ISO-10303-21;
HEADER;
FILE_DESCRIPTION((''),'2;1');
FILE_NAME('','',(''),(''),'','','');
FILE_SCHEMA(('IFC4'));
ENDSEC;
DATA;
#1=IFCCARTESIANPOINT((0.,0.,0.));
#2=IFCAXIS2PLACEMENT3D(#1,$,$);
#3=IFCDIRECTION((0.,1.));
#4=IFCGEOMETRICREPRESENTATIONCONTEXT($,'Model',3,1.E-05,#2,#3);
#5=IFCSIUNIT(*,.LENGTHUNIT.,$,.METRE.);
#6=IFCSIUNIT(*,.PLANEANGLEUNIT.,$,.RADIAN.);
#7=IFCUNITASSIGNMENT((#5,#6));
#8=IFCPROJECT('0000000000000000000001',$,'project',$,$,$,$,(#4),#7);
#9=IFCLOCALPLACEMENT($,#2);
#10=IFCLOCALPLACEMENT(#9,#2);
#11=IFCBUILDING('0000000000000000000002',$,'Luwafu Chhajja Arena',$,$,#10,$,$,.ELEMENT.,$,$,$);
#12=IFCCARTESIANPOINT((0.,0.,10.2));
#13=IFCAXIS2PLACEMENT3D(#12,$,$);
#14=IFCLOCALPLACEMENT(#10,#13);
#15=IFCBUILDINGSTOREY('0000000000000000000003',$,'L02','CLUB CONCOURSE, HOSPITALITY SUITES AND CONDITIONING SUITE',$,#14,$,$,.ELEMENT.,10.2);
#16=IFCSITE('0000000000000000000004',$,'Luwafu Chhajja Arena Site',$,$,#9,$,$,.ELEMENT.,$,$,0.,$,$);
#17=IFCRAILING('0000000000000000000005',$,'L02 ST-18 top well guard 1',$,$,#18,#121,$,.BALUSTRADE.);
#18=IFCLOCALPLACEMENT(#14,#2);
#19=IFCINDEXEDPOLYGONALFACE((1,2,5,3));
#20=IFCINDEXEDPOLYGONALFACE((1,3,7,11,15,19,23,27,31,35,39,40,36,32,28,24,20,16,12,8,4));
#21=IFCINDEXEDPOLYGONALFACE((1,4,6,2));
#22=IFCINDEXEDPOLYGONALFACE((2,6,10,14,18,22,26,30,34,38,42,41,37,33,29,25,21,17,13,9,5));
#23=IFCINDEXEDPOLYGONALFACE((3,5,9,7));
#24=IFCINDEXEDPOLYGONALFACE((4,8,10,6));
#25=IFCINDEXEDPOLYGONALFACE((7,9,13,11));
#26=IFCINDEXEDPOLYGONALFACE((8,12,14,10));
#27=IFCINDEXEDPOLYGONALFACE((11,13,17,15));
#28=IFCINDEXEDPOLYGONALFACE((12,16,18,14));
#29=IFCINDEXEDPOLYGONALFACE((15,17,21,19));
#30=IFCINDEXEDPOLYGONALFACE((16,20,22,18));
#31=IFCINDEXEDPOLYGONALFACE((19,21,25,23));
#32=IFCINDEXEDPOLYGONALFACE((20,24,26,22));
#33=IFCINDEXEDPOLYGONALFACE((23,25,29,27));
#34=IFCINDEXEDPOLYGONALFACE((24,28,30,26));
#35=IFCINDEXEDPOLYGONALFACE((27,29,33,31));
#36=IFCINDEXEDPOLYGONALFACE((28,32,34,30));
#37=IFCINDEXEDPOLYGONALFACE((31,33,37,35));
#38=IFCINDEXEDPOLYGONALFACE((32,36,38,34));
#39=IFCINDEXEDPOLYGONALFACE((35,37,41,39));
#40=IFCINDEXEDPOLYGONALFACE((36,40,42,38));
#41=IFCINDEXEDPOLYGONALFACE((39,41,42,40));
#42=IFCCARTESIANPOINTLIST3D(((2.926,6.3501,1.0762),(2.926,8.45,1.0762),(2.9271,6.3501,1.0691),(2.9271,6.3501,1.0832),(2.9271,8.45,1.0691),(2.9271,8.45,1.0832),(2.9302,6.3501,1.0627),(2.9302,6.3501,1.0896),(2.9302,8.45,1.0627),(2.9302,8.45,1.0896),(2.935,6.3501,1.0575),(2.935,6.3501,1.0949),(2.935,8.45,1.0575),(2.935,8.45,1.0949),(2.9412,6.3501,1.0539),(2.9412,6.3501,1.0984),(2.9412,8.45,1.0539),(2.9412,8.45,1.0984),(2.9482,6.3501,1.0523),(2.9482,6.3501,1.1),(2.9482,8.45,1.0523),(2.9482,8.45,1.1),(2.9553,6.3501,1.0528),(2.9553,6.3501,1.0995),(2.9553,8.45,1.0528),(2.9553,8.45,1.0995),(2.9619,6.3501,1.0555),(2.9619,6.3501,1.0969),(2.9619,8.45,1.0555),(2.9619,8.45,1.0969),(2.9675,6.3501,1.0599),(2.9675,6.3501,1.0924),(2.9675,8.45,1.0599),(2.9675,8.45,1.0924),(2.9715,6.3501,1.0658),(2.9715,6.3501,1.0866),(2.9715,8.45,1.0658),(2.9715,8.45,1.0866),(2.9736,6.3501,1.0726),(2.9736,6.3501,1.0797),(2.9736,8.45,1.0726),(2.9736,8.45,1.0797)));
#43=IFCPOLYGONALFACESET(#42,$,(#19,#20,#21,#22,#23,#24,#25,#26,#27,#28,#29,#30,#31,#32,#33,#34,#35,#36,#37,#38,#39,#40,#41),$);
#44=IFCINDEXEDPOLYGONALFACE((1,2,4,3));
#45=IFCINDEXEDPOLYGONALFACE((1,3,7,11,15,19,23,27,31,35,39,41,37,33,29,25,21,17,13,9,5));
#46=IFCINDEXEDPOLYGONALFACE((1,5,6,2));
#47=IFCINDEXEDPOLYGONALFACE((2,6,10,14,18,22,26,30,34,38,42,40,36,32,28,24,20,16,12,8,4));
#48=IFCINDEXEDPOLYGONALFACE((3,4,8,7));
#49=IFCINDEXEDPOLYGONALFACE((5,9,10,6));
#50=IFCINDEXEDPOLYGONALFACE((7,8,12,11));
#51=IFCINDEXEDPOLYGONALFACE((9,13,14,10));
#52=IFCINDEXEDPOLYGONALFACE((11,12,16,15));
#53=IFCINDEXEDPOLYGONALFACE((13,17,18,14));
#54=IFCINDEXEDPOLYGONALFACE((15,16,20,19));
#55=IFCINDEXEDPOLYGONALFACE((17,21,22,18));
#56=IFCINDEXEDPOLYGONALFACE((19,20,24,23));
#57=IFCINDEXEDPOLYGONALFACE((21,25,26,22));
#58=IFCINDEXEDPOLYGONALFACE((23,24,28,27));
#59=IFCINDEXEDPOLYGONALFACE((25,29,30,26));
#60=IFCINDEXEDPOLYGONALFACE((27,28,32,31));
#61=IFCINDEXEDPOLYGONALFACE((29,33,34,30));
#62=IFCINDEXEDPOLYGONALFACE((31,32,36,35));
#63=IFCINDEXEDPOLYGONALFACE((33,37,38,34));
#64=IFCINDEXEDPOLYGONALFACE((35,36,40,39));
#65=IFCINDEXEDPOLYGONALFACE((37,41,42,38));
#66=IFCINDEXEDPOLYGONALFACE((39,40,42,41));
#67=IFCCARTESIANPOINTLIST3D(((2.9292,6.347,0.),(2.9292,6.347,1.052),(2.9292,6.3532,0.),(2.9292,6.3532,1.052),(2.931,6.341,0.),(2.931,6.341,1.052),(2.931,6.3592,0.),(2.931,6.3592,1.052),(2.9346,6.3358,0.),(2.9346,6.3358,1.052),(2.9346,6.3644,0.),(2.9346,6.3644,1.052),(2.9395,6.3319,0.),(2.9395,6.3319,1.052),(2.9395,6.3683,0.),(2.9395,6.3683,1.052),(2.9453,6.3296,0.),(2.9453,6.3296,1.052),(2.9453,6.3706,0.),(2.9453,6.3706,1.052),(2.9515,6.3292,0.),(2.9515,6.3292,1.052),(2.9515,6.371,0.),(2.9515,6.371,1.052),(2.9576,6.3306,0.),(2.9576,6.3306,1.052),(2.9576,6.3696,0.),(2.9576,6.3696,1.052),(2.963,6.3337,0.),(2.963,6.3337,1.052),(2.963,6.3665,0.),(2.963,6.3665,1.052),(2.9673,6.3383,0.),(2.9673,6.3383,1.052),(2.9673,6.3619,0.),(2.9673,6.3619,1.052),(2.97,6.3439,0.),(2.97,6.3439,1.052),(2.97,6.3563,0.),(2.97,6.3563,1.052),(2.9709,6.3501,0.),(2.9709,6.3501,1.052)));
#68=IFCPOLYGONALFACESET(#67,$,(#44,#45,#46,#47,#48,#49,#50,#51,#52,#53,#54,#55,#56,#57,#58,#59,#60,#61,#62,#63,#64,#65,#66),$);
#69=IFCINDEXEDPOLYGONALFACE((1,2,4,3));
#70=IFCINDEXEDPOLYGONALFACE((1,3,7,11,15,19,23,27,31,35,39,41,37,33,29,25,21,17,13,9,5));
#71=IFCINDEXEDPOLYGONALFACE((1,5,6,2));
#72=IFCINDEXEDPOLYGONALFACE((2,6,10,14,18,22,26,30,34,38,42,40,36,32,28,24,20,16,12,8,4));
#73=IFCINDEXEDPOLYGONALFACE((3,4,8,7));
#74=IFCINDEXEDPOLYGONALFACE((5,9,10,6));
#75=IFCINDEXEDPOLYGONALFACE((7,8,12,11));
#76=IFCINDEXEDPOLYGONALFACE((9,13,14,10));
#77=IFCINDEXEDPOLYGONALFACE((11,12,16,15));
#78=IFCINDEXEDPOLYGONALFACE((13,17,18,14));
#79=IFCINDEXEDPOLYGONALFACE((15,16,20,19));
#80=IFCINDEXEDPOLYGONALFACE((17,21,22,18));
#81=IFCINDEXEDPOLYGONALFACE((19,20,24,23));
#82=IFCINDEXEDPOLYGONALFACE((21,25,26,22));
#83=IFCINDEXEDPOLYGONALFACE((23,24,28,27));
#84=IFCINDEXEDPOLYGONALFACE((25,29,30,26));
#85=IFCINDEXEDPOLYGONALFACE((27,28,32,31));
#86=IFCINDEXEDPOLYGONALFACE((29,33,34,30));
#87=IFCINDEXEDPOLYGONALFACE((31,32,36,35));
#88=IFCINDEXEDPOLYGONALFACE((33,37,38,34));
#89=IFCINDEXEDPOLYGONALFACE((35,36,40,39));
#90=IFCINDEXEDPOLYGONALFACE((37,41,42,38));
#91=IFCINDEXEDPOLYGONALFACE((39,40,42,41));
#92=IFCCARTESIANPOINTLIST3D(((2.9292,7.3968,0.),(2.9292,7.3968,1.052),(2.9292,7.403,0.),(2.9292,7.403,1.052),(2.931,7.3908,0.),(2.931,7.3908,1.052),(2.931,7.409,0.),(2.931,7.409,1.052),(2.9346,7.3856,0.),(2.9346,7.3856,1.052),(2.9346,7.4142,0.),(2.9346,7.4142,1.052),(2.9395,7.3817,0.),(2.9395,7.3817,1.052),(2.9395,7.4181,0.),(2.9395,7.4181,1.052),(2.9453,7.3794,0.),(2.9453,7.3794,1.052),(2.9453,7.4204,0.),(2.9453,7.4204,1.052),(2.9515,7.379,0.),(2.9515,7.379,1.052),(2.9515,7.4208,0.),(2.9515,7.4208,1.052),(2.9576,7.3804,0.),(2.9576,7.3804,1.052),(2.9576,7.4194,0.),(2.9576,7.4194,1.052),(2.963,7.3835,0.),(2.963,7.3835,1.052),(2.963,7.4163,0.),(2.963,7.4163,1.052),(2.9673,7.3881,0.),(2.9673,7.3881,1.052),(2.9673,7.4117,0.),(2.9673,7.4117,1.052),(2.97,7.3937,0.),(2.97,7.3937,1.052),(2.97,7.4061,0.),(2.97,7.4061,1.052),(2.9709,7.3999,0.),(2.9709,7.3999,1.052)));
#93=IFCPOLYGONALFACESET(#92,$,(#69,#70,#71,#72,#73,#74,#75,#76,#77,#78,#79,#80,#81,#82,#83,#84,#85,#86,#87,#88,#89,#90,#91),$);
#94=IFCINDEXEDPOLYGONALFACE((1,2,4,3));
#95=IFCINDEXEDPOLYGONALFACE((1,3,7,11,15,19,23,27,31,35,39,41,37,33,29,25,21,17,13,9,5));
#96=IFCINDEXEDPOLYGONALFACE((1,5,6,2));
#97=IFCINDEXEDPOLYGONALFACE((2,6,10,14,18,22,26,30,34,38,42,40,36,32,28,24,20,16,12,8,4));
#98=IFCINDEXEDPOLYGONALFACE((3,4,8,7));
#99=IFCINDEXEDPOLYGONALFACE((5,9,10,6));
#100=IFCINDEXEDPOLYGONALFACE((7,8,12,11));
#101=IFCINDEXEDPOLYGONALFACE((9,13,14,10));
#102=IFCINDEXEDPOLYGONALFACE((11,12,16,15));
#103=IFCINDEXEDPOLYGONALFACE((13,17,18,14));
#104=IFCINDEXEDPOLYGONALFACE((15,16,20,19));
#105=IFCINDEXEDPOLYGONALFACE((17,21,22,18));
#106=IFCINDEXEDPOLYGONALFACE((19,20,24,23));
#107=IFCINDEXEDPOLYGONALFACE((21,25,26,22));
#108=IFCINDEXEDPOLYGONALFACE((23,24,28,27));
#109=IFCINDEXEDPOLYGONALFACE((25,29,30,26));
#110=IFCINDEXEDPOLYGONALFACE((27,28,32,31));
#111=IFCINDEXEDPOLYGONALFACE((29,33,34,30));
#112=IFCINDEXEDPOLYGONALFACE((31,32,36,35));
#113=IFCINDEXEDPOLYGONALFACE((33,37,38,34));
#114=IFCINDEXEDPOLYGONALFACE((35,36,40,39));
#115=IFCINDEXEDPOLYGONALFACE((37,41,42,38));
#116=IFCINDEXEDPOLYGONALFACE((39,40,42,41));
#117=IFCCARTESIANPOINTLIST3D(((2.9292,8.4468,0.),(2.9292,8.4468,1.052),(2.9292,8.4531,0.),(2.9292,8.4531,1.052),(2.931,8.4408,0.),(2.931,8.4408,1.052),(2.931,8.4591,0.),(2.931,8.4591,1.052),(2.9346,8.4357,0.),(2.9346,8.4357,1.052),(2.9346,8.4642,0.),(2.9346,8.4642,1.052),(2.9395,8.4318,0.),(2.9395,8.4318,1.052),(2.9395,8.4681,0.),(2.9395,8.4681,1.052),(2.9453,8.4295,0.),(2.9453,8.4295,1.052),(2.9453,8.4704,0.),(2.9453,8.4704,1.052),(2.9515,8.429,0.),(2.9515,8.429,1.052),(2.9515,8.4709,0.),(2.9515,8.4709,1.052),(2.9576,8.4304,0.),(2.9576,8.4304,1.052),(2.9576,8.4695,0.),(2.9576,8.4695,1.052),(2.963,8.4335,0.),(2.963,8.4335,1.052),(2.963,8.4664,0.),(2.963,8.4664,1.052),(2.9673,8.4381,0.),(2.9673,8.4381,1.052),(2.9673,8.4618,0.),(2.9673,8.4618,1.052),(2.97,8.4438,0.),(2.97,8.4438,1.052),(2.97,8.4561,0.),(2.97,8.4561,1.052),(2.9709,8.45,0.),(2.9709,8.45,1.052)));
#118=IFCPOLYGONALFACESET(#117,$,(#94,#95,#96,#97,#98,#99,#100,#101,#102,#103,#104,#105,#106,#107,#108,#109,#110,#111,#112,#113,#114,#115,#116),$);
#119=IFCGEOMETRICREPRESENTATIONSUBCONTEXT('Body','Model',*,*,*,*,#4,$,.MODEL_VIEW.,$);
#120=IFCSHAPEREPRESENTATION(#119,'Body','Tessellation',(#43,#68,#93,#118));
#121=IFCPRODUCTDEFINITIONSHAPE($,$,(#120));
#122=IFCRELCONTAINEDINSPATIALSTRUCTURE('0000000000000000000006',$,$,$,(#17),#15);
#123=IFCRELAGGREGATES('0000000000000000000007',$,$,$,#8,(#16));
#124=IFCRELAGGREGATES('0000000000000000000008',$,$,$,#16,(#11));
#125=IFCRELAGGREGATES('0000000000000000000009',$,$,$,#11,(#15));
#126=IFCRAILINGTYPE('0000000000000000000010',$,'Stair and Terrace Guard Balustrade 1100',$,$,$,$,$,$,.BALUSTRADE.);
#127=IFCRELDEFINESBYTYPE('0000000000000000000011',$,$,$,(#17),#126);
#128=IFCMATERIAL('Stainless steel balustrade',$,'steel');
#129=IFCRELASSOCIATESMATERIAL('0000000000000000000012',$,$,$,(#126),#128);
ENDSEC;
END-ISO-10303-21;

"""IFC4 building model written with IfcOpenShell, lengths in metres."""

from ifc_helpers import new_model, si_unit, direction, frame, origin, origin_2d, place, context, subcontext, project, spatial, circle, extrude, material, type_object, element, save


model = new_model("IFC4")

# Units and contexts
model_context = context("Model", 3, precision=1e-05, world=origin(), true_north=direction((0.0, 1.0)))
body_context = subcontext(model_context, "Body", "Model", "MODEL_VIEW")
ifc_project = project(units=[si_unit("LENGTHUNIT", "METRE"), si_unit("PLANEANGLEUNIT", "RADIAN")], contexts=[model_context])

# Site, building, storey
site_placement = place(None, origin())
site = spatial("IfcSite", under=ifc_project, at=site_placement, Name="Luwafu Chhajja Arena Site", CompositionType="ELEMENT", RefElevation=0.0)
building_placement = place(site_placement, origin())
building = spatial("IfcBuilding", under=site, at=building_placement, Name="Luwafu Chhajja Arena", CompositionType="ELEMENT")
storey_placement = place(building_placement, frame((0.0, 0.0, 10.2)))
storey = spatial("IfcBuildingStorey", under=building, at=storey_placement, Name="L02", Description="CLUB CONCOURSE, HOSPITALITY SUITES AND CONDITIONING SUITE", CompositionType="ELEMENT", Elevation=10.2)

# Railing
ifc_material_1 = material(Name="Stainless steel balustrade", Category="steel")
railing_type = type_object("IfcRailingType", Name="Stair and Terrace Guard Balustrade 1100", PredefinedType="BALUSTRADE", material=ifc_material_1)
railing_1_placement = place(storey_placement, frame((2.95, 6.3501, 0.0)))
element("IfcRailing", 1, at=railing_1_placement, inside=storey, type_object=railing_type, Name="L02 ST-18 top well guard 1", PredefinedType="BALUSTRADE", context=body_context, shape_type="SweptSolid", body=[
    extrude(circle(Radius=0.0239, at=origin_2d()), frame((0.0, 0.0, 1.0762), z_axis=(0.0, 1.0, 0.0), x_axis=(-1.0, 0.0, 0.0)), (0.0, 0.0, 1.0), 2.0999),
    extrude(circle(Radius=0.021, at=origin_2d()), origin(), (0.0, 0.0, 1.0), 1.052),
    extrude(circle(Radius=0.021, at=origin_2d()), frame((0.0, 1.0498, 0.0)), (0.0, 0.0, 1.0), 1.052),
    extrude(circle(Radius=0.021, at=origin_2d()), frame((0.0, 2.0999, 0.0)), (0.0, 0.0, 1.0), 1.052),
])

save(model, "model.ifc")
